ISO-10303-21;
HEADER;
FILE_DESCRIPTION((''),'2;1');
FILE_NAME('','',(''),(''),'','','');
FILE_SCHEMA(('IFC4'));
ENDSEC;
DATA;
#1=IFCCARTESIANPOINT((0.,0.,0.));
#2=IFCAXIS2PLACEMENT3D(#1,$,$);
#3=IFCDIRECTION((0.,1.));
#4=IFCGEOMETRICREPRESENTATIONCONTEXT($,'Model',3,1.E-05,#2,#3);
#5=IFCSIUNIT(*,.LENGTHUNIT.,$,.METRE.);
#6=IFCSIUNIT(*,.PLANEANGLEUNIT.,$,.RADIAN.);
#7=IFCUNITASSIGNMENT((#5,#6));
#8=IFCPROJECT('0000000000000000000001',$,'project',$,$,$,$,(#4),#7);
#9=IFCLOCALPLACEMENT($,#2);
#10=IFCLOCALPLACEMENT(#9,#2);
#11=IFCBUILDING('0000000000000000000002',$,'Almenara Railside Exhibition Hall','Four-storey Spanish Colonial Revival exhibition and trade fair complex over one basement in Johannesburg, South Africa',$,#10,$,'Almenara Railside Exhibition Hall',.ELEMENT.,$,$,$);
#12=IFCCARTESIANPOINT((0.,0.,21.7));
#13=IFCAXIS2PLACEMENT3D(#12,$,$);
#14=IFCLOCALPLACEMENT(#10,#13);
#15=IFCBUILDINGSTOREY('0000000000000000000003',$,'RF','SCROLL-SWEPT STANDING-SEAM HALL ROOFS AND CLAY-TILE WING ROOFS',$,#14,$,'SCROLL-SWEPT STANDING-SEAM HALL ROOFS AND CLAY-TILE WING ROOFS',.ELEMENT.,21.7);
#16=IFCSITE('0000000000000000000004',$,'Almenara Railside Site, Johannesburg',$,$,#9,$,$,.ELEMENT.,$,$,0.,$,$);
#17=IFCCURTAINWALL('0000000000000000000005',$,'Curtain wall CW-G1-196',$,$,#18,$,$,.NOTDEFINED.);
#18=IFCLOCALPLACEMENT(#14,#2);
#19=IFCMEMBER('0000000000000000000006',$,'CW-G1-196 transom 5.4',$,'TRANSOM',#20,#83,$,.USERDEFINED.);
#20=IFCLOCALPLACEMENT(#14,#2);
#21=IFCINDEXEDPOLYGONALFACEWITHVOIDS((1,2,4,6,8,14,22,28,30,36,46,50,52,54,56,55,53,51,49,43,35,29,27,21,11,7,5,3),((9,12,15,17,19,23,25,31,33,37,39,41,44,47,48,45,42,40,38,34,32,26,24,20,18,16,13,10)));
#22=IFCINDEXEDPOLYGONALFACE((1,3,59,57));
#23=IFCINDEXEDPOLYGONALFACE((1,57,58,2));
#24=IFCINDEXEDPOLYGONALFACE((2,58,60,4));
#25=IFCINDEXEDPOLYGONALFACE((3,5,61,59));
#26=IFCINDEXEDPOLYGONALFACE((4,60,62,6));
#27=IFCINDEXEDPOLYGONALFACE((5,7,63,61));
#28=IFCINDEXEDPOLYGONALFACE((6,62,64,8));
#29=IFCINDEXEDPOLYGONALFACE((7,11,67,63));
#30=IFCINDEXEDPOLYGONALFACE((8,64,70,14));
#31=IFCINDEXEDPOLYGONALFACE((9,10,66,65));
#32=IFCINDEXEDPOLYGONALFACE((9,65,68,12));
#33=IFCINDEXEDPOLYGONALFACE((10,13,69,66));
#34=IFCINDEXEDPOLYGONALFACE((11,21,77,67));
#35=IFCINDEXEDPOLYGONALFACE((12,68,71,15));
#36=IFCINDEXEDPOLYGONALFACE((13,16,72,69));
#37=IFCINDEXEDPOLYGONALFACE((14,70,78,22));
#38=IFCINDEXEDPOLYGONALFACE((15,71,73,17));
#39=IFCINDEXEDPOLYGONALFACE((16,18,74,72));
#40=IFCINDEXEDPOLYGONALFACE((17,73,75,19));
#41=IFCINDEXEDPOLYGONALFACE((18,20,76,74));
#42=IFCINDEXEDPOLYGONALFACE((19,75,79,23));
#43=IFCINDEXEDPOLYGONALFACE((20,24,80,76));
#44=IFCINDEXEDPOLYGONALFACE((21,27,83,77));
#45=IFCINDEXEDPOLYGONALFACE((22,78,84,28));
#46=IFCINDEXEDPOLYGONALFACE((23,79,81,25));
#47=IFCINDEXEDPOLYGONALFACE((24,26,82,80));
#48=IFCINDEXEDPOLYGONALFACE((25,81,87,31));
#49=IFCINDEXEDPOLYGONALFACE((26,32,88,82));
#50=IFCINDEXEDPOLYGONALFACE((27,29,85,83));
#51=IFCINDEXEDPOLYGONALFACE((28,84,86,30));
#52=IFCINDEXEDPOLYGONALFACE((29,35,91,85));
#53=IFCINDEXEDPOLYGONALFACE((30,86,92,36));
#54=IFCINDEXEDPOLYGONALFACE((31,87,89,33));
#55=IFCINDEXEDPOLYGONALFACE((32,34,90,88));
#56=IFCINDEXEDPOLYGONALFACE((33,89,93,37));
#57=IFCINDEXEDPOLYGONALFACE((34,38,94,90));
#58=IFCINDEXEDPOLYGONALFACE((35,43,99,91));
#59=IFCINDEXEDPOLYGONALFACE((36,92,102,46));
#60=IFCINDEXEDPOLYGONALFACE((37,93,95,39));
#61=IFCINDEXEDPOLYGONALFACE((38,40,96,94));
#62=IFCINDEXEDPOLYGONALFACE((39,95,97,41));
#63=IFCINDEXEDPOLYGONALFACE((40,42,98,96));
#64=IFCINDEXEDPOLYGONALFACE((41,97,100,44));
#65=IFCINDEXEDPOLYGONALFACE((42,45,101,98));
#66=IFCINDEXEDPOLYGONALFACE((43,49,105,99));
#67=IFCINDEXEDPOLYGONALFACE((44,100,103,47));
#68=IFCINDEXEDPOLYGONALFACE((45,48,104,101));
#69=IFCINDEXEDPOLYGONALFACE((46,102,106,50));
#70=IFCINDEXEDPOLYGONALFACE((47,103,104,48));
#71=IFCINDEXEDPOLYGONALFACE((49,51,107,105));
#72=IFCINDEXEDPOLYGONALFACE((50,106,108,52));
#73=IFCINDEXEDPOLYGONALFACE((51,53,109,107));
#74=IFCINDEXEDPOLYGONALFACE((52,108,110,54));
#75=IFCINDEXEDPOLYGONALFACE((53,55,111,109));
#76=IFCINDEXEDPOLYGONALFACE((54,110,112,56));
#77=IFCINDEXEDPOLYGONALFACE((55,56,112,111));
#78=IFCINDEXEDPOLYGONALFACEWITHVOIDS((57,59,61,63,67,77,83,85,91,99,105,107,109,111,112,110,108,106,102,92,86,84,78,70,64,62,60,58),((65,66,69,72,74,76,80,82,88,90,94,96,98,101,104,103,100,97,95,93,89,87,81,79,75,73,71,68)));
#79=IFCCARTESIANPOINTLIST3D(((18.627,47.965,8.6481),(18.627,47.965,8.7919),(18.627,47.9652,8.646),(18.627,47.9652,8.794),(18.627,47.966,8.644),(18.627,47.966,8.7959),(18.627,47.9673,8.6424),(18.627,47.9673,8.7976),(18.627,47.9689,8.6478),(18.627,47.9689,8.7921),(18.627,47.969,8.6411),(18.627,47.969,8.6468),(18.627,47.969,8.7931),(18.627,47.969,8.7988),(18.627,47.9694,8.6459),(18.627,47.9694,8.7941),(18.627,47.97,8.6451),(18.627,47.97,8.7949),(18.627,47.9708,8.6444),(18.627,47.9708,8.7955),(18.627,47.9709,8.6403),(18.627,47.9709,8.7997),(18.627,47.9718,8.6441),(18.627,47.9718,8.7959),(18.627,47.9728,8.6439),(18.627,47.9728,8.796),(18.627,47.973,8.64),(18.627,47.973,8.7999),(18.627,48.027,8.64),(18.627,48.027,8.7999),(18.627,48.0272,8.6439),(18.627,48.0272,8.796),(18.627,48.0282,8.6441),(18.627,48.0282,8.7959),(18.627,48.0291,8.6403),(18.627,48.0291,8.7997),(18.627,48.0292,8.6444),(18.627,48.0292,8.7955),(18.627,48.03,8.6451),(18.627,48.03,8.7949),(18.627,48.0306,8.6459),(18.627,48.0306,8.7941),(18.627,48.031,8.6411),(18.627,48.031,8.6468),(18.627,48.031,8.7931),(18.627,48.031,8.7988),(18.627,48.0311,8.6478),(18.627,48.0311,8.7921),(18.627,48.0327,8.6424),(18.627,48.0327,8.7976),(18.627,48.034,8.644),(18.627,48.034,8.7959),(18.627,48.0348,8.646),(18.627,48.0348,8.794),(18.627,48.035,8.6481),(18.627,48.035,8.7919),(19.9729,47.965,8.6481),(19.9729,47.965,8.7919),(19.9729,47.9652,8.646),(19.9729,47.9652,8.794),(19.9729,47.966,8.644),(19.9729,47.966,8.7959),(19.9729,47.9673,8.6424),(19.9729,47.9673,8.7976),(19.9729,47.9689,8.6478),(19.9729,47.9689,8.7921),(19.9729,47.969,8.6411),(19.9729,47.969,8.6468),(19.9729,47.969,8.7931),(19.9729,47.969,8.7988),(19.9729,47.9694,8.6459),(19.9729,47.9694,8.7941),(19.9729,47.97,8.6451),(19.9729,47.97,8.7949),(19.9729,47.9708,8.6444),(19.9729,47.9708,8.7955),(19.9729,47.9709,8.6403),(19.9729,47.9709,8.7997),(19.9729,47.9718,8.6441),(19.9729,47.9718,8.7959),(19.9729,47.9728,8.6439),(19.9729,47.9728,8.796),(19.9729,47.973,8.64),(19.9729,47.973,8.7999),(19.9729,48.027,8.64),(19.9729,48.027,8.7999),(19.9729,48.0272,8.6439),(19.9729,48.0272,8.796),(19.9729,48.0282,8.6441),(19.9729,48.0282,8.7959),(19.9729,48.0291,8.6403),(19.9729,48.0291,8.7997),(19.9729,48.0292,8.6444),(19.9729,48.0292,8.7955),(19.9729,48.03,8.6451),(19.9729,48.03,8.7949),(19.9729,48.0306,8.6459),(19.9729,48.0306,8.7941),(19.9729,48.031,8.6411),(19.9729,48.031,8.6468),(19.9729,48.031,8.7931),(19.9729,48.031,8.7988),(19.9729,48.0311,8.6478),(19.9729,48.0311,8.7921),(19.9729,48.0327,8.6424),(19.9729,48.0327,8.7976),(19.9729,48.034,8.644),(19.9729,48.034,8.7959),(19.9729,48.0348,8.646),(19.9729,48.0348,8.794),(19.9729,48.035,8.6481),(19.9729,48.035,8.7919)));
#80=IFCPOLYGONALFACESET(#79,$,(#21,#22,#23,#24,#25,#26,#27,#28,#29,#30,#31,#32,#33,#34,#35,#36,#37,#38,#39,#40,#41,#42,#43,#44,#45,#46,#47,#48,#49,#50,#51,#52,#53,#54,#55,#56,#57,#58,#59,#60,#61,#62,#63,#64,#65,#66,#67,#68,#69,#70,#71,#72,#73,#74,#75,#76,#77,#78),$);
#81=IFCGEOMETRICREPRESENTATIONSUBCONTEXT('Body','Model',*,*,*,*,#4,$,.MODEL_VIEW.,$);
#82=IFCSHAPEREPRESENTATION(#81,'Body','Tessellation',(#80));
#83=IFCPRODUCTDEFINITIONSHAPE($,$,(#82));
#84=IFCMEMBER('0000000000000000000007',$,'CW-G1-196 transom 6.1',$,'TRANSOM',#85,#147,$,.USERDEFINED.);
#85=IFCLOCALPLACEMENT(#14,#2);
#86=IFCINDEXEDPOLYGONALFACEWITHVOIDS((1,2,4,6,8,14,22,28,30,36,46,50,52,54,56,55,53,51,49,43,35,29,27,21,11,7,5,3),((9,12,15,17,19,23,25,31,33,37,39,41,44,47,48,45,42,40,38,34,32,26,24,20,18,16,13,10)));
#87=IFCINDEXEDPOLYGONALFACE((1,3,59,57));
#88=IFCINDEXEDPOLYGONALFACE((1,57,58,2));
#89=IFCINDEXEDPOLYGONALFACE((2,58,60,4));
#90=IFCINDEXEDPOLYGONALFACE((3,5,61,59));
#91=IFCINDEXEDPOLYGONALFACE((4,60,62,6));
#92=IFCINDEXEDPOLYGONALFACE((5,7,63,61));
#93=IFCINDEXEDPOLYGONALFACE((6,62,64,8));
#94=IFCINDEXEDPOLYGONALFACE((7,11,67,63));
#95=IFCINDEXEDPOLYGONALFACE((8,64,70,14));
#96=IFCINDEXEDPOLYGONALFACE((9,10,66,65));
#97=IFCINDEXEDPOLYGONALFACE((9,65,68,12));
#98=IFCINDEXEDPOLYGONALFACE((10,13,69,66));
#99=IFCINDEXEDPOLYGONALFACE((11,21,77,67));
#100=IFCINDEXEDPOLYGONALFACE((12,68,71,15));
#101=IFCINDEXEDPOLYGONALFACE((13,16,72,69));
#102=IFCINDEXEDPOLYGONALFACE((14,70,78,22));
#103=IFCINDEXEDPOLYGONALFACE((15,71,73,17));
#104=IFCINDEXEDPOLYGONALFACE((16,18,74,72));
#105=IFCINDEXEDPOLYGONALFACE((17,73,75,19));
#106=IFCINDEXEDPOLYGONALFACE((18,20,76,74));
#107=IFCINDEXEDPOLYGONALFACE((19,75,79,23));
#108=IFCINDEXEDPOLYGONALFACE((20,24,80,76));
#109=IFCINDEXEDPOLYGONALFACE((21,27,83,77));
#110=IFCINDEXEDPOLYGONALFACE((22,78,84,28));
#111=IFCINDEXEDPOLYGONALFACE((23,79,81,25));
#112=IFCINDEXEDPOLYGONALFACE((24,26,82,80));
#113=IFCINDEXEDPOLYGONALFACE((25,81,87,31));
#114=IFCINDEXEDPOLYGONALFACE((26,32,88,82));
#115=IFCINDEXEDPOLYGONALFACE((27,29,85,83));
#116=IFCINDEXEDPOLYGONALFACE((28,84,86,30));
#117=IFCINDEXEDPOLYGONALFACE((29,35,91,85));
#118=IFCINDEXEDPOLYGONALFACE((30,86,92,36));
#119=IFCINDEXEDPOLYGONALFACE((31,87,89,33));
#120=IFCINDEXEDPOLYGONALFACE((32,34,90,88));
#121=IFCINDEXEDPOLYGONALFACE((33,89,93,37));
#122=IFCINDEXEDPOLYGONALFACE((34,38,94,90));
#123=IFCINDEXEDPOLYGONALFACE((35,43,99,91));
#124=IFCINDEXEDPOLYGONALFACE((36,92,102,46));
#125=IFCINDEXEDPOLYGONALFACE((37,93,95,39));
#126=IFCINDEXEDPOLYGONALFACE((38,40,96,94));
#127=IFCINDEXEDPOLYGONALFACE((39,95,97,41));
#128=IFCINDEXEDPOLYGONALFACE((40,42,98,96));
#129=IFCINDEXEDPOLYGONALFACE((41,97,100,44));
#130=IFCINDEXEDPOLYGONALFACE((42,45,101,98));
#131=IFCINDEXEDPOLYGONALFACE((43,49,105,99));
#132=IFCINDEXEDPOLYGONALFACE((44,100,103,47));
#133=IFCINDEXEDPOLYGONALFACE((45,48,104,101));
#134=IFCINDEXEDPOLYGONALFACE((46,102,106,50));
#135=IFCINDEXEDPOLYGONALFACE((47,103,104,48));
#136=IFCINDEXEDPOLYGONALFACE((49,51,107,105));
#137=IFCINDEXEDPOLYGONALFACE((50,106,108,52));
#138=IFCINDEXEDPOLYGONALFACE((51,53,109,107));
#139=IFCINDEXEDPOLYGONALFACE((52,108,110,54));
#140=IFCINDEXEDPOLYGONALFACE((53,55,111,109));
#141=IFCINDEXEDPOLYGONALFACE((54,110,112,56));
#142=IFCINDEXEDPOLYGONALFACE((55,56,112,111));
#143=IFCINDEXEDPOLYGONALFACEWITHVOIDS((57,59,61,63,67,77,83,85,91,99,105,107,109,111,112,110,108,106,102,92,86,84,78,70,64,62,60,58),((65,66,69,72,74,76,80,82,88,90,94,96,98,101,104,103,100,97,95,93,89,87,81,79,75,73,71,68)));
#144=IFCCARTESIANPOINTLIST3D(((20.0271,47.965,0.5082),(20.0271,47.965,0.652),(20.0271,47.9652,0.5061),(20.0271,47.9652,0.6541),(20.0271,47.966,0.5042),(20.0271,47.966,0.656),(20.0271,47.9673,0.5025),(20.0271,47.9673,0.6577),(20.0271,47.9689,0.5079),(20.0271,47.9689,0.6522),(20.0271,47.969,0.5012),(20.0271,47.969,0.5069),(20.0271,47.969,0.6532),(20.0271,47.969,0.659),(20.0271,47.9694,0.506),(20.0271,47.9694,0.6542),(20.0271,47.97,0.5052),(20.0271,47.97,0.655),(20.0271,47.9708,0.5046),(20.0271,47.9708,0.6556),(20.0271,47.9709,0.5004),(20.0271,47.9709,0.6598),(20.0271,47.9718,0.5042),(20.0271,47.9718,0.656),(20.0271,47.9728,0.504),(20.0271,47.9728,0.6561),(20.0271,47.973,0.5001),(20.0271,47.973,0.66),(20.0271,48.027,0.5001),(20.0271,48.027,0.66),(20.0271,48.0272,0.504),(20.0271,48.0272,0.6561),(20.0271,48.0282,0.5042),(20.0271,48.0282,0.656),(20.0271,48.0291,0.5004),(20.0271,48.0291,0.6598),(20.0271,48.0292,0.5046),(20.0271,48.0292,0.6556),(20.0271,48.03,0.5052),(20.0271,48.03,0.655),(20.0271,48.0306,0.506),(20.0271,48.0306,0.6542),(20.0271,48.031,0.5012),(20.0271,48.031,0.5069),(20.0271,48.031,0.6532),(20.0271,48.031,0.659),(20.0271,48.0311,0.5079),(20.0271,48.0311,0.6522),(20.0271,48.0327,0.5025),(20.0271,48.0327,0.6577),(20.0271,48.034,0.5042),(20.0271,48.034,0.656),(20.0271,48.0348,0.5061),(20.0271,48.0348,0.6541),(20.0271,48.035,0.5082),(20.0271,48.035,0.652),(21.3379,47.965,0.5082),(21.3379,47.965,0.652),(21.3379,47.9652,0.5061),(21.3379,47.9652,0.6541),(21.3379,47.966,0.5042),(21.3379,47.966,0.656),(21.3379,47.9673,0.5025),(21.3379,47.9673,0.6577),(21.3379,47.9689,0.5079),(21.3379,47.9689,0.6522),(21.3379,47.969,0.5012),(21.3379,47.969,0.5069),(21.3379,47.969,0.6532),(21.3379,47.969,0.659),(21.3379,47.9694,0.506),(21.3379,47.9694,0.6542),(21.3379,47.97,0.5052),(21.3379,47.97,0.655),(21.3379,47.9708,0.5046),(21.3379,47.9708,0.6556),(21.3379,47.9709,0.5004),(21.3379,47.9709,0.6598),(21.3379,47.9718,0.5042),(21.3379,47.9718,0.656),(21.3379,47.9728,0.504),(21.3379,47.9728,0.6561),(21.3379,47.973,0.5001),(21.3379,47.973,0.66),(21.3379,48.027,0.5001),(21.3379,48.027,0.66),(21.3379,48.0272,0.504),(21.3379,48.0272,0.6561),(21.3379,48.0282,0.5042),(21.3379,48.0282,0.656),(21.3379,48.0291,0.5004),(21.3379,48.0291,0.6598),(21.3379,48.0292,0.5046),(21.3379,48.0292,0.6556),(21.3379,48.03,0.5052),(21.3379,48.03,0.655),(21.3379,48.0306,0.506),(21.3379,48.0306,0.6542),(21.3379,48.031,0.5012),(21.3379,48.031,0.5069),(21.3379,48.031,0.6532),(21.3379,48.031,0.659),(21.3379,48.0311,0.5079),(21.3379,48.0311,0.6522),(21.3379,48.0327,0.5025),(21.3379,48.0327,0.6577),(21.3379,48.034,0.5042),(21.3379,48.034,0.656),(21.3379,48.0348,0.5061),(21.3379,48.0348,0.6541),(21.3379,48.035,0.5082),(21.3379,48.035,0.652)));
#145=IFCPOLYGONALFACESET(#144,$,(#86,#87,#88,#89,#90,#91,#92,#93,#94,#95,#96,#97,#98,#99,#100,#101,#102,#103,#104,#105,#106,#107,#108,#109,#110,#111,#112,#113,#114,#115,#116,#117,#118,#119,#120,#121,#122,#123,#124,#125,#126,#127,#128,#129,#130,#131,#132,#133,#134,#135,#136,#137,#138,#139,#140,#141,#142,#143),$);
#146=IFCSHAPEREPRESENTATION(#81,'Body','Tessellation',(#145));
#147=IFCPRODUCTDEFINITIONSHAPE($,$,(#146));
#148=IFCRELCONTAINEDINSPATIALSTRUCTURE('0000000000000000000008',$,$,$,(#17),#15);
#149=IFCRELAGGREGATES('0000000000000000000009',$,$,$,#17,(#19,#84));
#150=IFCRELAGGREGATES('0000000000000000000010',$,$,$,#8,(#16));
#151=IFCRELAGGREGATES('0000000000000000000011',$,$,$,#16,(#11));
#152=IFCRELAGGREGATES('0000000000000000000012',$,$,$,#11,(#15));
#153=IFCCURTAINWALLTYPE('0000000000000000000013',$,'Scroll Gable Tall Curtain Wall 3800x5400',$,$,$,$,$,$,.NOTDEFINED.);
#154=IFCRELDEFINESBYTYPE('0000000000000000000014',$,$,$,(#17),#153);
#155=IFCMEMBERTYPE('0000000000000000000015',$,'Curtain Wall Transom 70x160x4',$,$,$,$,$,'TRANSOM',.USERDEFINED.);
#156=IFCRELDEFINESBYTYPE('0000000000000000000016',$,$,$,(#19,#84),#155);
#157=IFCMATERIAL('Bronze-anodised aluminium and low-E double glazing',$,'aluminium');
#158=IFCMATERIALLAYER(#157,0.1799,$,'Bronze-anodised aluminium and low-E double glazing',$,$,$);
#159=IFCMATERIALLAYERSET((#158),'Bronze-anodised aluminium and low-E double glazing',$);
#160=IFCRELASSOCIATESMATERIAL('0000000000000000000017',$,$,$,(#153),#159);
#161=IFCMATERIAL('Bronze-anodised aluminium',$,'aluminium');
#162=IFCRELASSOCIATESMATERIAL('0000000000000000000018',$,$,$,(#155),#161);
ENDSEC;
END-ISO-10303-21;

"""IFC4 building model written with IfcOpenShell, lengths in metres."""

from ifc_helpers import new_model, si_unit, direction, frame, origin, origin_2d, place, context, subcontext, project, spatial, hollow_rectangle, extrude, material, layer, layer_set, material_profile, profile_set, type_object, element, aggregate, save


model = new_model("IFC4")

# Units and contexts
model_context = context("Model", 3, precision=1e-05, world=origin(), true_north=direction((0.0, 1.0)))
body_context = subcontext(model_context, "Body", "Model", "MODEL_VIEW")
ifc_project = project(units=[si_unit("LENGTHUNIT", "METRE"), si_unit("PLANEANGLEUNIT", "RADIAN")], contexts=[model_context])

# Site, building, storey
site_placement = place(None, origin())
site = spatial("IfcSite", under=ifc_project, at=site_placement, Name="Almenara Railside Site, Johannesburg", CompositionType="ELEMENT", RefElevation=0.0)
building_placement = place(site_placement, origin())
building = spatial("IfcBuilding", under=site, at=building_placement, Name="Almenara Railside Exhibition Hall", Description="Four-storey Spanish Colonial Revival exhibition and trade fair complex over one basement in Johannesburg, South Africa", LongName="Almenara Railside Exhibition Hall", CompositionType="ELEMENT")
storey_placement = place(building_placement, frame((0.0, 0.0, 21.7)))
storey = spatial("IfcBuildingStorey", under=building, at=storey_placement, Name="RF", Description="SCROLL-SWEPT STANDING-SEAM HALL ROOFS AND CLAY-TILE WING ROOFS", LongName="SCROLL-SWEPT STANDING-SEAM HALL ROOFS AND CLAY-TILE WING ROOFS", CompositionType="ELEMENT", Elevation=21.7)

# Curtain wall, members
ifc_material_1 = material(Name="Bronze-anodised aluminium and low-E double glazing", Category="aluminium")
ifc_layer_1 = layer(ifc_material_1, 0.1799, Name="Bronze-anodised aluminium and low-E double glazing")
ifc_layer_set_1 = layer_set([ifc_layer_1], Name="Bronze-anodised aluminium and low-E double glazing")
curtain_wall_type = type_object("IfcCurtainWallType", Name="Scroll Gable Tall Curtain Wall 3800x5400", PredefinedType="NOTDEFINED", material=ifc_layer_set_1)
curtain_wall_placement = place(storey_placement, origin())
curtain_wall = element("IfcCurtainWall", 1, at=curtain_wall_placement, inside=storey, type_object=curtain_wall_type, Name="Curtain wall CW-G1-196", PredefinedType="NOTDEFINED")
ifc_material_2 = material(Name="Bronze-anodised aluminium", Category="aluminium")
ifc_material_profile_1 = material_profile(ifc_material_2, hollow_rectangle(XDim=0.0701, YDim=0.1599, WallThickness=0.0039, InnerFilletRadius=0.0039, OuterFilletRadius=0.0081, at=origin_2d()), Name="ALU-TRN 70x160x4")
ifc_profile_set_1 = profile_set([ifc_material_profile_1], Name="Bronze-anodised aluminium")
member_type_1 = type_object("IfcMemberType", Name="Curtain Wall Transom 70x160x4", ElementType="TRANSOM", PredefinedType="USERDEFINED", material=ifc_profile_set_1)
member_1_placement = place(storey_placement, frame((18.627, 48.0, 8.72), z_axis=(1.0, 0.0, 0.0), x_axis=(0.0, 1.0, 0.0)))
member_1 = element("IfcMember", 2, at=member_1_placement, type_object=member_type_1, Name="CW-G1-196 transom 5.4", ObjectType="TRANSOM", PredefinedType="USERDEFINED", context=body_context, shape_type="SweptSolid", body=[
    extrude(hollow_rectangle(XDim=0.0701, YDim=0.1599, WallThickness=0.0039, InnerFilletRadius=0.0039, OuterFilletRadius=0.0081, at=origin_2d()), origin(), (0.0, 0.0, 1.0), 1.3459),
])
member_2_placement = place(storey_placement, frame((20.0271, 48.0, 0.5801), z_axis=(1.0, 0.0, 0.0), x_axis=(0.0, 1.0, 0.0)))
member_2 = element("IfcMember", 3, at=member_2_placement, type_object=member_type_1, Name="CW-G1-196 transom 6.1", ObjectType="TRANSOM", PredefinedType="USERDEFINED", context=body_context, shape_type="SweptSolid", body=[
    extrude(hollow_rectangle(XDim=0.0701, YDim=0.1599, WallThickness=0.0039, InnerFilletRadius=0.0039, OuterFilletRadius=0.0081, at=origin_2d()), origin(), (0.0, 0.0, 1.0), 1.3108),
])

aggregate(curtain_wall, [member_1, member_2])

save(model, "model.ifc")
